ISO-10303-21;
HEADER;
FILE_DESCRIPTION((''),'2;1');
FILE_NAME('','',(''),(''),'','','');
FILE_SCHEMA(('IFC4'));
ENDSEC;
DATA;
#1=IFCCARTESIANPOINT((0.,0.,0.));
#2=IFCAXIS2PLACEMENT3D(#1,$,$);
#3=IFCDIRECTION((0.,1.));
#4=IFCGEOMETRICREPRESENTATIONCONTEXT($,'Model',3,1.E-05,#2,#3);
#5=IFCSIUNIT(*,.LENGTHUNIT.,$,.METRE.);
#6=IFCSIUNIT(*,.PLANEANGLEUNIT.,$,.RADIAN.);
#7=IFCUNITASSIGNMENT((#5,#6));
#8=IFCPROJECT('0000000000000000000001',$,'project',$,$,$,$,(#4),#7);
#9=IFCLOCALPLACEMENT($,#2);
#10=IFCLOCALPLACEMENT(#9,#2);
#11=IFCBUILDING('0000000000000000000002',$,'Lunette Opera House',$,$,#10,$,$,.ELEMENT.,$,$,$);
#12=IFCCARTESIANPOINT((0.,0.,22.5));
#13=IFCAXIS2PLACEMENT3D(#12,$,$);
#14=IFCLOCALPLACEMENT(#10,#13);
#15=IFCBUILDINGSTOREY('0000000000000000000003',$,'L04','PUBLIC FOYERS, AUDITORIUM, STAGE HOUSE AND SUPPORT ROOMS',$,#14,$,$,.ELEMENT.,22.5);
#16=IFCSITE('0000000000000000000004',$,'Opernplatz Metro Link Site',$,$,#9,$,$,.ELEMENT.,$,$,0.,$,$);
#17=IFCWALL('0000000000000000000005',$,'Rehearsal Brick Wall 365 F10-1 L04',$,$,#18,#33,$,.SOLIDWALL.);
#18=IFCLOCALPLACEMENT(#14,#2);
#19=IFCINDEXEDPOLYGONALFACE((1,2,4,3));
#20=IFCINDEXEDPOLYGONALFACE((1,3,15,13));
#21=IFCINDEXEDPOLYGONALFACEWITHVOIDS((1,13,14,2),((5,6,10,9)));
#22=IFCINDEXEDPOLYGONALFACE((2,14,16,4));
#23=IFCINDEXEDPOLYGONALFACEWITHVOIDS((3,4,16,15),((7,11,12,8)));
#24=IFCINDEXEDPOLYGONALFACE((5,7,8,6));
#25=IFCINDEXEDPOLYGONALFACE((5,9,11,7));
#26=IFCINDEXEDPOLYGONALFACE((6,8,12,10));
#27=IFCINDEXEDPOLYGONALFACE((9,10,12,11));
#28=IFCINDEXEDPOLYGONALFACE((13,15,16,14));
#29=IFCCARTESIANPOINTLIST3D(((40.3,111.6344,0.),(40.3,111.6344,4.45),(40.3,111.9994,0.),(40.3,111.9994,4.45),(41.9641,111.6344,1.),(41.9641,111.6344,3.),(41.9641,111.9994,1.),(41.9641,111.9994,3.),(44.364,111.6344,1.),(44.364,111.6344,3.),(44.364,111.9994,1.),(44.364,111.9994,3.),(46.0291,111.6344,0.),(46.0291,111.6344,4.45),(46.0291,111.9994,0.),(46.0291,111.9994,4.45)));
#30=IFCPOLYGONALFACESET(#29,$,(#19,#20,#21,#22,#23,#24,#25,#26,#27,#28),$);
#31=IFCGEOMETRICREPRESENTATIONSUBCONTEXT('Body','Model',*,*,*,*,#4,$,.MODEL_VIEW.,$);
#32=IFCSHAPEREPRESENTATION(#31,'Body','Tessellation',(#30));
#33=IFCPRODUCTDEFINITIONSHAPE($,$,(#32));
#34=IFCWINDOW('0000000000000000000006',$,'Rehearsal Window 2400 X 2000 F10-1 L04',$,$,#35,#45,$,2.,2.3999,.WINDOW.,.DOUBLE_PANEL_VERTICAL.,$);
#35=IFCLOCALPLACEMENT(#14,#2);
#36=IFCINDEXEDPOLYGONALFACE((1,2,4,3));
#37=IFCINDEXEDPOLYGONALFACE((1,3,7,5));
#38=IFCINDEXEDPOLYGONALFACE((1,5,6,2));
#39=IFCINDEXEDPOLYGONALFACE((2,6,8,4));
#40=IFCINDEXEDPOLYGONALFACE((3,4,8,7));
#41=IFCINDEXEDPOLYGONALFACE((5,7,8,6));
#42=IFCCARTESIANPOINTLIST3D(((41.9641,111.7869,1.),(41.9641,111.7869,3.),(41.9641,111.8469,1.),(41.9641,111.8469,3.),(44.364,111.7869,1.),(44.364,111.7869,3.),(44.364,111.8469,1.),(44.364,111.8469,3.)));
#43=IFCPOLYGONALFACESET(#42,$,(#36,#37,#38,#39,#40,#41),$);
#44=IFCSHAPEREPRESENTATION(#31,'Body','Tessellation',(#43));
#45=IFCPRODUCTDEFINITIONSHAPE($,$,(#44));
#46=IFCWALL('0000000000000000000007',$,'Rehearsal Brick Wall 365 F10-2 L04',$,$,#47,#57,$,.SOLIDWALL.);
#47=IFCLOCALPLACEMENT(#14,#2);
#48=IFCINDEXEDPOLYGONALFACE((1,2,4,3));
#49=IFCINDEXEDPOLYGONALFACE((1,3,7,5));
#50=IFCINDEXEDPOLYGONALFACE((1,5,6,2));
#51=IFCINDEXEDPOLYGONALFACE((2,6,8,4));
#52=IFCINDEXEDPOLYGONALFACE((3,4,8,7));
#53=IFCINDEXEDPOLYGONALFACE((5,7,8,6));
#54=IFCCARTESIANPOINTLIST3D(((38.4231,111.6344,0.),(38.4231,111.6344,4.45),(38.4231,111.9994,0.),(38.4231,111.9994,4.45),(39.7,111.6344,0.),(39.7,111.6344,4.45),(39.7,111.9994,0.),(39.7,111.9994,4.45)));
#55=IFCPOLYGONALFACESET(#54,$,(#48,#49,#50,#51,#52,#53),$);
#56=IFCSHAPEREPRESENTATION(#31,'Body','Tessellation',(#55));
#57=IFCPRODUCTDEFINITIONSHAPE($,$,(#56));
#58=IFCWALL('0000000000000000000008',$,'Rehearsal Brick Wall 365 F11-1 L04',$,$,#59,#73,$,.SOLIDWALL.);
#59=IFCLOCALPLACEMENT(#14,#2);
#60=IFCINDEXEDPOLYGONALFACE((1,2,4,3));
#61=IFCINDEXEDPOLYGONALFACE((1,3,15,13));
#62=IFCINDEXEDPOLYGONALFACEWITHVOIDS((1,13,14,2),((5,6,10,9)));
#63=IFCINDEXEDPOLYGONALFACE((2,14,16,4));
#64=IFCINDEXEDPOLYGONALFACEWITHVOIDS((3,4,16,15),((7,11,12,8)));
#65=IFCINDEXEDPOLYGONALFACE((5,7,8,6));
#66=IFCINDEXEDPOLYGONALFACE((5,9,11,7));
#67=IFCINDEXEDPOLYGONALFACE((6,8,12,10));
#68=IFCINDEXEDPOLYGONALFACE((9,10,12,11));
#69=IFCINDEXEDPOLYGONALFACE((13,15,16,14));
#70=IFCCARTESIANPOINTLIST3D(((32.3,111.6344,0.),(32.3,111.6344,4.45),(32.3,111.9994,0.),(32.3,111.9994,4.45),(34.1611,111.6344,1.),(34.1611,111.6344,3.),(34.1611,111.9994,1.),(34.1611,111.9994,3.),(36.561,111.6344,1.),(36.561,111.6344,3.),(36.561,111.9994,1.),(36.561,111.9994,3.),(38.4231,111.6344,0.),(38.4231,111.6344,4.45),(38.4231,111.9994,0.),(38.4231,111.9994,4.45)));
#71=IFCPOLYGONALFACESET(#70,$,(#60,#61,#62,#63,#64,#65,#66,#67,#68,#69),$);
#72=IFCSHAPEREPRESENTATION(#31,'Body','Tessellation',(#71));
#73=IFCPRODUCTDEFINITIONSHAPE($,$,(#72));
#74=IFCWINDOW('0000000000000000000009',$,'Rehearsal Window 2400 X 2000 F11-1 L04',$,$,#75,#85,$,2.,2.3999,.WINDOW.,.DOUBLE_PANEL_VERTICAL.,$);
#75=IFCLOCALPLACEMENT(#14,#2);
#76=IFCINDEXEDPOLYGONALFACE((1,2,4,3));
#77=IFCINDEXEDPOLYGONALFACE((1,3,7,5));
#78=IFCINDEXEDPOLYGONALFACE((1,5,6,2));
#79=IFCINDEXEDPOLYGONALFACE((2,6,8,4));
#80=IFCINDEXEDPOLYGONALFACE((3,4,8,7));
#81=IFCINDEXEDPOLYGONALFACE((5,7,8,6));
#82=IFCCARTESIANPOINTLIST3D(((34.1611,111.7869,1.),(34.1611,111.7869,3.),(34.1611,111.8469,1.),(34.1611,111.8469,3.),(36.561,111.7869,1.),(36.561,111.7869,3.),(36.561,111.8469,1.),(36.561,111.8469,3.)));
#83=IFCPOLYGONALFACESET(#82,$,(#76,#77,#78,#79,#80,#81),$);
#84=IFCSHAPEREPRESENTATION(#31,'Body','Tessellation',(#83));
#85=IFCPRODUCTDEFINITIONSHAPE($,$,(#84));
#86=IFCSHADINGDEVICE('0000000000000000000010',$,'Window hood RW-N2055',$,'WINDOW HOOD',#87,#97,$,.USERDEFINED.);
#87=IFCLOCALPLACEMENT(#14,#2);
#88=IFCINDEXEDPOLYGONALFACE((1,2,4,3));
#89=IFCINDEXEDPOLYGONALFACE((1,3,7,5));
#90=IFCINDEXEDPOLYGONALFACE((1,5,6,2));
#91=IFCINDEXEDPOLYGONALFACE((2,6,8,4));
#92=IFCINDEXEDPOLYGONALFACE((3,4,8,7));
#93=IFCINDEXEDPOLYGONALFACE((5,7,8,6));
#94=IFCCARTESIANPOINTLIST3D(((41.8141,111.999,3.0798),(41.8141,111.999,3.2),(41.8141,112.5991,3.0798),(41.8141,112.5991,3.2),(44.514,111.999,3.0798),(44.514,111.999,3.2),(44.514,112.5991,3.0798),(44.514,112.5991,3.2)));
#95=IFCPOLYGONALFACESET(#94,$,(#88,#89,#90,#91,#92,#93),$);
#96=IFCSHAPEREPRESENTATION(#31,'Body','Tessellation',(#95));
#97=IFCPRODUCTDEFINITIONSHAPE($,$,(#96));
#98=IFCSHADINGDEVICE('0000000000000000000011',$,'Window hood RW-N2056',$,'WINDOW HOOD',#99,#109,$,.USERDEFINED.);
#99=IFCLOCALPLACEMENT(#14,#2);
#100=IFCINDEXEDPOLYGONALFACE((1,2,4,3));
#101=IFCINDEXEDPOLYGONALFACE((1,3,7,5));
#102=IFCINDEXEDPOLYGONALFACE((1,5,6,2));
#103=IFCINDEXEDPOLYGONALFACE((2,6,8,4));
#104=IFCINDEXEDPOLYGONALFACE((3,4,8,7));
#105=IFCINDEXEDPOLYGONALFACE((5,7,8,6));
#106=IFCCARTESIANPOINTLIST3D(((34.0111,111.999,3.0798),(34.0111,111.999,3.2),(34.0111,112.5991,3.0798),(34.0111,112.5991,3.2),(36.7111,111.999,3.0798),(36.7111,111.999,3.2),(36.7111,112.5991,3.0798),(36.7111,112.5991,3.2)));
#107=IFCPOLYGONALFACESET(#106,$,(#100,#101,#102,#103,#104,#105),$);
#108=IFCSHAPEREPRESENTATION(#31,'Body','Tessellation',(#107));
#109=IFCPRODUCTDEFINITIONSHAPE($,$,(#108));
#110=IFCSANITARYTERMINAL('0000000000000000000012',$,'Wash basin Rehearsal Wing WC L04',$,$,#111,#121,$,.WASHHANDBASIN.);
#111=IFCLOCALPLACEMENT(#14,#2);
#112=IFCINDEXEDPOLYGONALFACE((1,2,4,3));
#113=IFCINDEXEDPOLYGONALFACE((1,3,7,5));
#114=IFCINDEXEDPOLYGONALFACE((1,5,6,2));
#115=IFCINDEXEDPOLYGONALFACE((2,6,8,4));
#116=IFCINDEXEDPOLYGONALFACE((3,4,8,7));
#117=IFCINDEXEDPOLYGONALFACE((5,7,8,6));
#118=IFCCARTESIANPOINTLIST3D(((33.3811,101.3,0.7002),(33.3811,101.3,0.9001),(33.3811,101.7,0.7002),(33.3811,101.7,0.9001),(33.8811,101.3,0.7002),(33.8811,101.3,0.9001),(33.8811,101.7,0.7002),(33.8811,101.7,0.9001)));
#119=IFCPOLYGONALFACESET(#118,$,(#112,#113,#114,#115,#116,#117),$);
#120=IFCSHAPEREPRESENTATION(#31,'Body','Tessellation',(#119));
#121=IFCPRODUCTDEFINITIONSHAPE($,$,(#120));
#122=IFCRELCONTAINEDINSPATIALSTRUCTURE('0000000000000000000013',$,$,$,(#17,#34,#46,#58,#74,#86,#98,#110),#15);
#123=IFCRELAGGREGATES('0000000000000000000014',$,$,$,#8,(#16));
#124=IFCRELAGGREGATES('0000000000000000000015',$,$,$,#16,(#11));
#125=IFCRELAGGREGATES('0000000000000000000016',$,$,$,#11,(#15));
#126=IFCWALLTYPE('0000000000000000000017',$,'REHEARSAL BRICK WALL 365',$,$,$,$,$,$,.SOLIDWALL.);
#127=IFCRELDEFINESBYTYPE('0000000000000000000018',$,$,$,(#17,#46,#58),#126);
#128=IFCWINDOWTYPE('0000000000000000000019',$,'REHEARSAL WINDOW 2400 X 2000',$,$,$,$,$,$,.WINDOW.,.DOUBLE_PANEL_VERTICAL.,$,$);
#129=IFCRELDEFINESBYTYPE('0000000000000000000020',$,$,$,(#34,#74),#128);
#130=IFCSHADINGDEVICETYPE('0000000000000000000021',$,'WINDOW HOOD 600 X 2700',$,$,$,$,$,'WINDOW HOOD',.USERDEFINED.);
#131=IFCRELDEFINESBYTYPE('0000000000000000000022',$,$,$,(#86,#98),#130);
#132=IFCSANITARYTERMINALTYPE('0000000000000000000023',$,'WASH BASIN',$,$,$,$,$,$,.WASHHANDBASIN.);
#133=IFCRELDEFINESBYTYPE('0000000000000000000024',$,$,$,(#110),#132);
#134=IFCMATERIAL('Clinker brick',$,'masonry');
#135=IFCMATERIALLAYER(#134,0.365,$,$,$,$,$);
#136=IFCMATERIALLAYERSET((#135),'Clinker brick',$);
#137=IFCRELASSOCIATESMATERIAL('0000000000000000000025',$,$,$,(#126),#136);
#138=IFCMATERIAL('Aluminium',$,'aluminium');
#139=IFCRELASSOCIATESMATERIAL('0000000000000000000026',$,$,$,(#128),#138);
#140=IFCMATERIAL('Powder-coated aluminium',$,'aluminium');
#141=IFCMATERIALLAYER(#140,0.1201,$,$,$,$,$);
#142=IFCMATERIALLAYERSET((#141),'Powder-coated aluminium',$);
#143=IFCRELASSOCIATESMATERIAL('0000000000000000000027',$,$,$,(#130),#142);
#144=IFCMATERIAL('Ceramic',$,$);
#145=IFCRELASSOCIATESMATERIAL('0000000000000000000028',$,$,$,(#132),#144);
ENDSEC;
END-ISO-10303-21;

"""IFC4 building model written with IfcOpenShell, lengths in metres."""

from ifc_helpers import new_model, si_unit, direction, frame, frame_2d, origin, origin_2d, place, context, subcontext, project, spatial, rectangle, extrude, material, layer, layer_set, type_object, element, fill, save


model = new_model("IFC4")

# Units and contexts
model_context = context("Model", 3, precision=1e-05, world=origin(), true_north=direction((0.0, 1.0)))
body_context = subcontext(model_context, "Body", "Model", "MODEL_VIEW")
ifc_project = project(units=[si_unit("LENGTHUNIT", "METRE"), si_unit("PLANEANGLEUNIT", "RADIAN")], contexts=[model_context])

# Site, building, storey
site_placement = place(None, origin())
site = spatial("IfcSite", under=ifc_project, at=site_placement, Name="Opernplatz Metro Link Site", CompositionType="ELEMENT", RefElevation=0.0)
building_placement = place(site_placement, origin())
building = spatial("IfcBuilding", under=site, at=building_placement, Name="Lunette Opera House", CompositionType="ELEMENT")
storey_placement = place(building_placement, frame((0.0, 0.0, 22.5)))
storey = spatial("IfcBuildingStorey", under=building, at=storey_placement, Name="L04", Description="PUBLIC FOYERS, AUDITORIUM, STAGE HOUSE AND SUPPORT ROOMS", CompositionType="ELEMENT", Elevation=22.5)

# Shared definitions
ifc_material_1 = material(Name="Clinker brick", Category="masonry")
ifc_layer_1 = layer(ifc_material_1, 0.365)
ifc_layer_set_1 = layer_set([ifc_layer_1], Name="Clinker brick")
wall_type = type_object("IfcWallType", Name="REHEARSAL BRICK WALL 365", PredefinedType="SOLIDWALL", material=ifc_layer_set_1)

# Wall, opening, window
wall_1_placement = place(storey_placement, frame((46.0291, 111.8169, 0.0), z_axis=(0.0, 0.0, 1.0), x_axis=(-1.0, 0.0, 0.0)))
wall_1 = element("IfcWall", 1, at=wall_1_placement, inside=storey, type_object=wall_type, Name="Rehearsal Brick Wall 365 F10-1 L04", PredefinedType="SOLIDWALL", context=body_context, shape_type="SweptSolid", body=[
    extrude(rectangle(XDim=5.729, YDim=0.365, at=frame_2d((2.8645, 0.0))), origin(), (0.0, 0.0, 1.0), 4.45),
])
opening_1_placement = place(wall_1_placement, frame((1.665, 0.0, 1.0)))
opening_1 = element("IfcOpeningElement", 2, at=opening_1_placement, cuts=wall_1, PredefinedType="OPENING", context=body_context, shape_type="SweptSolid", body=[
    extrude(rectangle(XDim=2.3999, YDim=2.0, at=frame_2d((1.2, 1.0))), frame((0.0, 0.1946, 0.0), z_axis=(0.0, -1.0, 0.0), x_axis=(1.0, 0.0, 0.0)), (0.0, 0.0, 1.0), 0.3889),
])
ifc_material_2 = material(Name="Aluminium", Category="aluminium")
window_type = type_object("IfcWindowType", Name="REHEARSAL WINDOW 2400 X 2000", PartitioningType="DOUBLE_PANEL_VERTICAL", PredefinedType="WINDOW", material=ifc_material_2)
window_1_placement = place(opening_1_placement, origin())
window_1 = element("IfcWindow", 3, at=window_1_placement, inside=storey, type_object=window_type, Name="Rehearsal Window 2400 X 2000 F10-1 L04", OverallHeight=2.0, OverallWidth=2.3999, PartitioningType="DOUBLE_PANEL_VERTICAL", PredefinedType="WINDOW", context=body_context, shape_type="SweptSolid", body=[
    extrude(rectangle(XDim=2.3999, YDim=2.0, at=frame_2d((1.2, 1.0))), frame((0.0, 0.03, 0.0), z_axis=(0.0, -1.0, 0.0), x_axis=(1.0, 0.0, 0.0)), (0.0, 0.0, 1.0), 0.0601),
])
fill(opening_1, window_1)

# Wall
wall_2_placement = place(storey_placement, frame((39.7, 111.8169, 0.0), z_axis=(0.0, 0.0, 1.0), x_axis=(-1.0, 0.0, 0.0)))
element("IfcWall", 4, at=wall_2_placement, inside=storey, type_object=wall_type, Name="Rehearsal Brick Wall 365 F10-2 L04", PredefinedType="SOLIDWALL", context=body_context, shape_type="SweptSolid", body=[
    extrude(rectangle(XDim=1.2769, YDim=0.365, at=frame_2d((0.6384, 0.0))), origin(), (0.0, 0.0, 1.0), 4.45),
])

# Wall, opening, window
wall_3_placement = place(storey_placement, frame((38.4231, 111.8169, 0.0), z_axis=(0.0, 0.0, 1.0), x_axis=(-1.0, 0.0, 0.0)))
wall_3 = element("IfcWall", 5, at=wall_3_placement, inside=storey, type_object=wall_type, Name="Rehearsal Brick Wall 365 F11-1 L04", PredefinedType="SOLIDWALL", context=body_context, shape_type="SweptSolid", body=[
    extrude(rectangle(XDim=6.123, YDim=0.365, at=frame_2d((3.0615, 0.0))), origin(), (0.0, 0.0, 1.0), 4.45),
])
opening_2_placement = place(wall_3_placement, frame((1.8621, 0.0, 1.0)))
opening_2 = element("IfcOpeningElement", 6, at=opening_2_placement, cuts=wall_3, PredefinedType="OPENING", context=body_context, shape_type="SweptSolid", body=[
    extrude(rectangle(XDim=2.3999, YDim=2.0, at=frame_2d((1.2, 1.0))), frame((0.0, 0.1946, 0.0), z_axis=(0.0, -1.0, 0.0), x_axis=(1.0, 0.0, 0.0)), (0.0, 0.0, 1.0), 0.3889),
])
window_2_placement = place(opening_2_placement, origin())
window_2 = element("IfcWindow", 7, at=window_2_placement, inside=storey, type_object=window_type, Name="Rehearsal Window 2400 X 2000 F11-1 L04", OverallHeight=2.0, OverallWidth=2.3999, PartitioningType="DOUBLE_PANEL_VERTICAL", PredefinedType="WINDOW", context=body_context, shape_type="SweptSolid", body=[
    extrude(rectangle(XDim=2.3999, YDim=2.0, at=frame_2d((1.2, 1.0))), frame((0.0, 0.03, 0.0), z_axis=(0.0, -1.0, 0.0), x_axis=(1.0, 0.0, 0.0)), (0.0, 0.0, 1.0), 0.0601),
])
fill(opening_2, window_2)

# Shading devices
ifc_material_3 = material(Name="Powder-coated aluminium", Category="aluminium")
ifc_layer_2 = layer(ifc_material_3, 0.1201)
ifc_layer_set_2 = layer_set([ifc_layer_2], Name="Powder-coated aluminium")
shading_device_type = type_object("IfcShadingDeviceType", Name="WINDOW HOOD 600 X 2700", ElementType="WINDOW HOOD", PredefinedType="USERDEFINED", material=ifc_layer_set_2)
for number, where, z_axis, x_axis, name in (
    (8, (43.1641, 112.2991, 3.0798), (0.0, 0.0, 1.0), (0.0, 1.0, 0.0), "Window hood RW-N2055"),
    (9, (35.3611, 112.2991, 3.0798), (0.0, 0.0, 1.0), (0.0, 1.0, 0.0), "Window hood RW-N2056"),
):
    element("IfcShadingDevice", number, at=place(storey_placement, frame(where, z_axis=z_axis, x_axis=x_axis)), inside=storey, type_object=shading_device_type, Name=name, ObjectType="WINDOW HOOD", PredefinedType="USERDEFINED", context=body_context, shape_type="SweptSolid", body=[
        extrude(rectangle(XDim=0.6001, YDim=2.7, at=origin_2d()), origin(), (0.0, 0.0, 1.0), 0.1201),
    ])

# Sanitary terminal
ifc_material_4 = material(Name="Ceramic")
sanitary_terminal_type = type_object("IfcSanitaryTerminalType", Name="WASH BASIN", PredefinedType="WASHHANDBASIN", material=ifc_material_4)
sanitary_terminal_placement = place(storey_placement, frame((33.6311, 101.5, 0.7002), z_axis=(0.0, 0.0, 1.0), x_axis=(1.0, 0.0, 0.0)))
element("IfcSanitaryTerminal", 10, at=sanitary_terminal_placement, inside=storey, type_object=sanitary_terminal_type, Name="Wash basin Rehearsal Wing WC L04", PredefinedType="WASHHANDBASIN", context=body_context, shape_type="SweptSolid", body=[
    extrude(rectangle(XDim=0.5, YDim=0.3999, at=origin_2d()), origin(), (0.0, 0.0, 1.0), 0.2),
])

save(model, "model.ifc")
